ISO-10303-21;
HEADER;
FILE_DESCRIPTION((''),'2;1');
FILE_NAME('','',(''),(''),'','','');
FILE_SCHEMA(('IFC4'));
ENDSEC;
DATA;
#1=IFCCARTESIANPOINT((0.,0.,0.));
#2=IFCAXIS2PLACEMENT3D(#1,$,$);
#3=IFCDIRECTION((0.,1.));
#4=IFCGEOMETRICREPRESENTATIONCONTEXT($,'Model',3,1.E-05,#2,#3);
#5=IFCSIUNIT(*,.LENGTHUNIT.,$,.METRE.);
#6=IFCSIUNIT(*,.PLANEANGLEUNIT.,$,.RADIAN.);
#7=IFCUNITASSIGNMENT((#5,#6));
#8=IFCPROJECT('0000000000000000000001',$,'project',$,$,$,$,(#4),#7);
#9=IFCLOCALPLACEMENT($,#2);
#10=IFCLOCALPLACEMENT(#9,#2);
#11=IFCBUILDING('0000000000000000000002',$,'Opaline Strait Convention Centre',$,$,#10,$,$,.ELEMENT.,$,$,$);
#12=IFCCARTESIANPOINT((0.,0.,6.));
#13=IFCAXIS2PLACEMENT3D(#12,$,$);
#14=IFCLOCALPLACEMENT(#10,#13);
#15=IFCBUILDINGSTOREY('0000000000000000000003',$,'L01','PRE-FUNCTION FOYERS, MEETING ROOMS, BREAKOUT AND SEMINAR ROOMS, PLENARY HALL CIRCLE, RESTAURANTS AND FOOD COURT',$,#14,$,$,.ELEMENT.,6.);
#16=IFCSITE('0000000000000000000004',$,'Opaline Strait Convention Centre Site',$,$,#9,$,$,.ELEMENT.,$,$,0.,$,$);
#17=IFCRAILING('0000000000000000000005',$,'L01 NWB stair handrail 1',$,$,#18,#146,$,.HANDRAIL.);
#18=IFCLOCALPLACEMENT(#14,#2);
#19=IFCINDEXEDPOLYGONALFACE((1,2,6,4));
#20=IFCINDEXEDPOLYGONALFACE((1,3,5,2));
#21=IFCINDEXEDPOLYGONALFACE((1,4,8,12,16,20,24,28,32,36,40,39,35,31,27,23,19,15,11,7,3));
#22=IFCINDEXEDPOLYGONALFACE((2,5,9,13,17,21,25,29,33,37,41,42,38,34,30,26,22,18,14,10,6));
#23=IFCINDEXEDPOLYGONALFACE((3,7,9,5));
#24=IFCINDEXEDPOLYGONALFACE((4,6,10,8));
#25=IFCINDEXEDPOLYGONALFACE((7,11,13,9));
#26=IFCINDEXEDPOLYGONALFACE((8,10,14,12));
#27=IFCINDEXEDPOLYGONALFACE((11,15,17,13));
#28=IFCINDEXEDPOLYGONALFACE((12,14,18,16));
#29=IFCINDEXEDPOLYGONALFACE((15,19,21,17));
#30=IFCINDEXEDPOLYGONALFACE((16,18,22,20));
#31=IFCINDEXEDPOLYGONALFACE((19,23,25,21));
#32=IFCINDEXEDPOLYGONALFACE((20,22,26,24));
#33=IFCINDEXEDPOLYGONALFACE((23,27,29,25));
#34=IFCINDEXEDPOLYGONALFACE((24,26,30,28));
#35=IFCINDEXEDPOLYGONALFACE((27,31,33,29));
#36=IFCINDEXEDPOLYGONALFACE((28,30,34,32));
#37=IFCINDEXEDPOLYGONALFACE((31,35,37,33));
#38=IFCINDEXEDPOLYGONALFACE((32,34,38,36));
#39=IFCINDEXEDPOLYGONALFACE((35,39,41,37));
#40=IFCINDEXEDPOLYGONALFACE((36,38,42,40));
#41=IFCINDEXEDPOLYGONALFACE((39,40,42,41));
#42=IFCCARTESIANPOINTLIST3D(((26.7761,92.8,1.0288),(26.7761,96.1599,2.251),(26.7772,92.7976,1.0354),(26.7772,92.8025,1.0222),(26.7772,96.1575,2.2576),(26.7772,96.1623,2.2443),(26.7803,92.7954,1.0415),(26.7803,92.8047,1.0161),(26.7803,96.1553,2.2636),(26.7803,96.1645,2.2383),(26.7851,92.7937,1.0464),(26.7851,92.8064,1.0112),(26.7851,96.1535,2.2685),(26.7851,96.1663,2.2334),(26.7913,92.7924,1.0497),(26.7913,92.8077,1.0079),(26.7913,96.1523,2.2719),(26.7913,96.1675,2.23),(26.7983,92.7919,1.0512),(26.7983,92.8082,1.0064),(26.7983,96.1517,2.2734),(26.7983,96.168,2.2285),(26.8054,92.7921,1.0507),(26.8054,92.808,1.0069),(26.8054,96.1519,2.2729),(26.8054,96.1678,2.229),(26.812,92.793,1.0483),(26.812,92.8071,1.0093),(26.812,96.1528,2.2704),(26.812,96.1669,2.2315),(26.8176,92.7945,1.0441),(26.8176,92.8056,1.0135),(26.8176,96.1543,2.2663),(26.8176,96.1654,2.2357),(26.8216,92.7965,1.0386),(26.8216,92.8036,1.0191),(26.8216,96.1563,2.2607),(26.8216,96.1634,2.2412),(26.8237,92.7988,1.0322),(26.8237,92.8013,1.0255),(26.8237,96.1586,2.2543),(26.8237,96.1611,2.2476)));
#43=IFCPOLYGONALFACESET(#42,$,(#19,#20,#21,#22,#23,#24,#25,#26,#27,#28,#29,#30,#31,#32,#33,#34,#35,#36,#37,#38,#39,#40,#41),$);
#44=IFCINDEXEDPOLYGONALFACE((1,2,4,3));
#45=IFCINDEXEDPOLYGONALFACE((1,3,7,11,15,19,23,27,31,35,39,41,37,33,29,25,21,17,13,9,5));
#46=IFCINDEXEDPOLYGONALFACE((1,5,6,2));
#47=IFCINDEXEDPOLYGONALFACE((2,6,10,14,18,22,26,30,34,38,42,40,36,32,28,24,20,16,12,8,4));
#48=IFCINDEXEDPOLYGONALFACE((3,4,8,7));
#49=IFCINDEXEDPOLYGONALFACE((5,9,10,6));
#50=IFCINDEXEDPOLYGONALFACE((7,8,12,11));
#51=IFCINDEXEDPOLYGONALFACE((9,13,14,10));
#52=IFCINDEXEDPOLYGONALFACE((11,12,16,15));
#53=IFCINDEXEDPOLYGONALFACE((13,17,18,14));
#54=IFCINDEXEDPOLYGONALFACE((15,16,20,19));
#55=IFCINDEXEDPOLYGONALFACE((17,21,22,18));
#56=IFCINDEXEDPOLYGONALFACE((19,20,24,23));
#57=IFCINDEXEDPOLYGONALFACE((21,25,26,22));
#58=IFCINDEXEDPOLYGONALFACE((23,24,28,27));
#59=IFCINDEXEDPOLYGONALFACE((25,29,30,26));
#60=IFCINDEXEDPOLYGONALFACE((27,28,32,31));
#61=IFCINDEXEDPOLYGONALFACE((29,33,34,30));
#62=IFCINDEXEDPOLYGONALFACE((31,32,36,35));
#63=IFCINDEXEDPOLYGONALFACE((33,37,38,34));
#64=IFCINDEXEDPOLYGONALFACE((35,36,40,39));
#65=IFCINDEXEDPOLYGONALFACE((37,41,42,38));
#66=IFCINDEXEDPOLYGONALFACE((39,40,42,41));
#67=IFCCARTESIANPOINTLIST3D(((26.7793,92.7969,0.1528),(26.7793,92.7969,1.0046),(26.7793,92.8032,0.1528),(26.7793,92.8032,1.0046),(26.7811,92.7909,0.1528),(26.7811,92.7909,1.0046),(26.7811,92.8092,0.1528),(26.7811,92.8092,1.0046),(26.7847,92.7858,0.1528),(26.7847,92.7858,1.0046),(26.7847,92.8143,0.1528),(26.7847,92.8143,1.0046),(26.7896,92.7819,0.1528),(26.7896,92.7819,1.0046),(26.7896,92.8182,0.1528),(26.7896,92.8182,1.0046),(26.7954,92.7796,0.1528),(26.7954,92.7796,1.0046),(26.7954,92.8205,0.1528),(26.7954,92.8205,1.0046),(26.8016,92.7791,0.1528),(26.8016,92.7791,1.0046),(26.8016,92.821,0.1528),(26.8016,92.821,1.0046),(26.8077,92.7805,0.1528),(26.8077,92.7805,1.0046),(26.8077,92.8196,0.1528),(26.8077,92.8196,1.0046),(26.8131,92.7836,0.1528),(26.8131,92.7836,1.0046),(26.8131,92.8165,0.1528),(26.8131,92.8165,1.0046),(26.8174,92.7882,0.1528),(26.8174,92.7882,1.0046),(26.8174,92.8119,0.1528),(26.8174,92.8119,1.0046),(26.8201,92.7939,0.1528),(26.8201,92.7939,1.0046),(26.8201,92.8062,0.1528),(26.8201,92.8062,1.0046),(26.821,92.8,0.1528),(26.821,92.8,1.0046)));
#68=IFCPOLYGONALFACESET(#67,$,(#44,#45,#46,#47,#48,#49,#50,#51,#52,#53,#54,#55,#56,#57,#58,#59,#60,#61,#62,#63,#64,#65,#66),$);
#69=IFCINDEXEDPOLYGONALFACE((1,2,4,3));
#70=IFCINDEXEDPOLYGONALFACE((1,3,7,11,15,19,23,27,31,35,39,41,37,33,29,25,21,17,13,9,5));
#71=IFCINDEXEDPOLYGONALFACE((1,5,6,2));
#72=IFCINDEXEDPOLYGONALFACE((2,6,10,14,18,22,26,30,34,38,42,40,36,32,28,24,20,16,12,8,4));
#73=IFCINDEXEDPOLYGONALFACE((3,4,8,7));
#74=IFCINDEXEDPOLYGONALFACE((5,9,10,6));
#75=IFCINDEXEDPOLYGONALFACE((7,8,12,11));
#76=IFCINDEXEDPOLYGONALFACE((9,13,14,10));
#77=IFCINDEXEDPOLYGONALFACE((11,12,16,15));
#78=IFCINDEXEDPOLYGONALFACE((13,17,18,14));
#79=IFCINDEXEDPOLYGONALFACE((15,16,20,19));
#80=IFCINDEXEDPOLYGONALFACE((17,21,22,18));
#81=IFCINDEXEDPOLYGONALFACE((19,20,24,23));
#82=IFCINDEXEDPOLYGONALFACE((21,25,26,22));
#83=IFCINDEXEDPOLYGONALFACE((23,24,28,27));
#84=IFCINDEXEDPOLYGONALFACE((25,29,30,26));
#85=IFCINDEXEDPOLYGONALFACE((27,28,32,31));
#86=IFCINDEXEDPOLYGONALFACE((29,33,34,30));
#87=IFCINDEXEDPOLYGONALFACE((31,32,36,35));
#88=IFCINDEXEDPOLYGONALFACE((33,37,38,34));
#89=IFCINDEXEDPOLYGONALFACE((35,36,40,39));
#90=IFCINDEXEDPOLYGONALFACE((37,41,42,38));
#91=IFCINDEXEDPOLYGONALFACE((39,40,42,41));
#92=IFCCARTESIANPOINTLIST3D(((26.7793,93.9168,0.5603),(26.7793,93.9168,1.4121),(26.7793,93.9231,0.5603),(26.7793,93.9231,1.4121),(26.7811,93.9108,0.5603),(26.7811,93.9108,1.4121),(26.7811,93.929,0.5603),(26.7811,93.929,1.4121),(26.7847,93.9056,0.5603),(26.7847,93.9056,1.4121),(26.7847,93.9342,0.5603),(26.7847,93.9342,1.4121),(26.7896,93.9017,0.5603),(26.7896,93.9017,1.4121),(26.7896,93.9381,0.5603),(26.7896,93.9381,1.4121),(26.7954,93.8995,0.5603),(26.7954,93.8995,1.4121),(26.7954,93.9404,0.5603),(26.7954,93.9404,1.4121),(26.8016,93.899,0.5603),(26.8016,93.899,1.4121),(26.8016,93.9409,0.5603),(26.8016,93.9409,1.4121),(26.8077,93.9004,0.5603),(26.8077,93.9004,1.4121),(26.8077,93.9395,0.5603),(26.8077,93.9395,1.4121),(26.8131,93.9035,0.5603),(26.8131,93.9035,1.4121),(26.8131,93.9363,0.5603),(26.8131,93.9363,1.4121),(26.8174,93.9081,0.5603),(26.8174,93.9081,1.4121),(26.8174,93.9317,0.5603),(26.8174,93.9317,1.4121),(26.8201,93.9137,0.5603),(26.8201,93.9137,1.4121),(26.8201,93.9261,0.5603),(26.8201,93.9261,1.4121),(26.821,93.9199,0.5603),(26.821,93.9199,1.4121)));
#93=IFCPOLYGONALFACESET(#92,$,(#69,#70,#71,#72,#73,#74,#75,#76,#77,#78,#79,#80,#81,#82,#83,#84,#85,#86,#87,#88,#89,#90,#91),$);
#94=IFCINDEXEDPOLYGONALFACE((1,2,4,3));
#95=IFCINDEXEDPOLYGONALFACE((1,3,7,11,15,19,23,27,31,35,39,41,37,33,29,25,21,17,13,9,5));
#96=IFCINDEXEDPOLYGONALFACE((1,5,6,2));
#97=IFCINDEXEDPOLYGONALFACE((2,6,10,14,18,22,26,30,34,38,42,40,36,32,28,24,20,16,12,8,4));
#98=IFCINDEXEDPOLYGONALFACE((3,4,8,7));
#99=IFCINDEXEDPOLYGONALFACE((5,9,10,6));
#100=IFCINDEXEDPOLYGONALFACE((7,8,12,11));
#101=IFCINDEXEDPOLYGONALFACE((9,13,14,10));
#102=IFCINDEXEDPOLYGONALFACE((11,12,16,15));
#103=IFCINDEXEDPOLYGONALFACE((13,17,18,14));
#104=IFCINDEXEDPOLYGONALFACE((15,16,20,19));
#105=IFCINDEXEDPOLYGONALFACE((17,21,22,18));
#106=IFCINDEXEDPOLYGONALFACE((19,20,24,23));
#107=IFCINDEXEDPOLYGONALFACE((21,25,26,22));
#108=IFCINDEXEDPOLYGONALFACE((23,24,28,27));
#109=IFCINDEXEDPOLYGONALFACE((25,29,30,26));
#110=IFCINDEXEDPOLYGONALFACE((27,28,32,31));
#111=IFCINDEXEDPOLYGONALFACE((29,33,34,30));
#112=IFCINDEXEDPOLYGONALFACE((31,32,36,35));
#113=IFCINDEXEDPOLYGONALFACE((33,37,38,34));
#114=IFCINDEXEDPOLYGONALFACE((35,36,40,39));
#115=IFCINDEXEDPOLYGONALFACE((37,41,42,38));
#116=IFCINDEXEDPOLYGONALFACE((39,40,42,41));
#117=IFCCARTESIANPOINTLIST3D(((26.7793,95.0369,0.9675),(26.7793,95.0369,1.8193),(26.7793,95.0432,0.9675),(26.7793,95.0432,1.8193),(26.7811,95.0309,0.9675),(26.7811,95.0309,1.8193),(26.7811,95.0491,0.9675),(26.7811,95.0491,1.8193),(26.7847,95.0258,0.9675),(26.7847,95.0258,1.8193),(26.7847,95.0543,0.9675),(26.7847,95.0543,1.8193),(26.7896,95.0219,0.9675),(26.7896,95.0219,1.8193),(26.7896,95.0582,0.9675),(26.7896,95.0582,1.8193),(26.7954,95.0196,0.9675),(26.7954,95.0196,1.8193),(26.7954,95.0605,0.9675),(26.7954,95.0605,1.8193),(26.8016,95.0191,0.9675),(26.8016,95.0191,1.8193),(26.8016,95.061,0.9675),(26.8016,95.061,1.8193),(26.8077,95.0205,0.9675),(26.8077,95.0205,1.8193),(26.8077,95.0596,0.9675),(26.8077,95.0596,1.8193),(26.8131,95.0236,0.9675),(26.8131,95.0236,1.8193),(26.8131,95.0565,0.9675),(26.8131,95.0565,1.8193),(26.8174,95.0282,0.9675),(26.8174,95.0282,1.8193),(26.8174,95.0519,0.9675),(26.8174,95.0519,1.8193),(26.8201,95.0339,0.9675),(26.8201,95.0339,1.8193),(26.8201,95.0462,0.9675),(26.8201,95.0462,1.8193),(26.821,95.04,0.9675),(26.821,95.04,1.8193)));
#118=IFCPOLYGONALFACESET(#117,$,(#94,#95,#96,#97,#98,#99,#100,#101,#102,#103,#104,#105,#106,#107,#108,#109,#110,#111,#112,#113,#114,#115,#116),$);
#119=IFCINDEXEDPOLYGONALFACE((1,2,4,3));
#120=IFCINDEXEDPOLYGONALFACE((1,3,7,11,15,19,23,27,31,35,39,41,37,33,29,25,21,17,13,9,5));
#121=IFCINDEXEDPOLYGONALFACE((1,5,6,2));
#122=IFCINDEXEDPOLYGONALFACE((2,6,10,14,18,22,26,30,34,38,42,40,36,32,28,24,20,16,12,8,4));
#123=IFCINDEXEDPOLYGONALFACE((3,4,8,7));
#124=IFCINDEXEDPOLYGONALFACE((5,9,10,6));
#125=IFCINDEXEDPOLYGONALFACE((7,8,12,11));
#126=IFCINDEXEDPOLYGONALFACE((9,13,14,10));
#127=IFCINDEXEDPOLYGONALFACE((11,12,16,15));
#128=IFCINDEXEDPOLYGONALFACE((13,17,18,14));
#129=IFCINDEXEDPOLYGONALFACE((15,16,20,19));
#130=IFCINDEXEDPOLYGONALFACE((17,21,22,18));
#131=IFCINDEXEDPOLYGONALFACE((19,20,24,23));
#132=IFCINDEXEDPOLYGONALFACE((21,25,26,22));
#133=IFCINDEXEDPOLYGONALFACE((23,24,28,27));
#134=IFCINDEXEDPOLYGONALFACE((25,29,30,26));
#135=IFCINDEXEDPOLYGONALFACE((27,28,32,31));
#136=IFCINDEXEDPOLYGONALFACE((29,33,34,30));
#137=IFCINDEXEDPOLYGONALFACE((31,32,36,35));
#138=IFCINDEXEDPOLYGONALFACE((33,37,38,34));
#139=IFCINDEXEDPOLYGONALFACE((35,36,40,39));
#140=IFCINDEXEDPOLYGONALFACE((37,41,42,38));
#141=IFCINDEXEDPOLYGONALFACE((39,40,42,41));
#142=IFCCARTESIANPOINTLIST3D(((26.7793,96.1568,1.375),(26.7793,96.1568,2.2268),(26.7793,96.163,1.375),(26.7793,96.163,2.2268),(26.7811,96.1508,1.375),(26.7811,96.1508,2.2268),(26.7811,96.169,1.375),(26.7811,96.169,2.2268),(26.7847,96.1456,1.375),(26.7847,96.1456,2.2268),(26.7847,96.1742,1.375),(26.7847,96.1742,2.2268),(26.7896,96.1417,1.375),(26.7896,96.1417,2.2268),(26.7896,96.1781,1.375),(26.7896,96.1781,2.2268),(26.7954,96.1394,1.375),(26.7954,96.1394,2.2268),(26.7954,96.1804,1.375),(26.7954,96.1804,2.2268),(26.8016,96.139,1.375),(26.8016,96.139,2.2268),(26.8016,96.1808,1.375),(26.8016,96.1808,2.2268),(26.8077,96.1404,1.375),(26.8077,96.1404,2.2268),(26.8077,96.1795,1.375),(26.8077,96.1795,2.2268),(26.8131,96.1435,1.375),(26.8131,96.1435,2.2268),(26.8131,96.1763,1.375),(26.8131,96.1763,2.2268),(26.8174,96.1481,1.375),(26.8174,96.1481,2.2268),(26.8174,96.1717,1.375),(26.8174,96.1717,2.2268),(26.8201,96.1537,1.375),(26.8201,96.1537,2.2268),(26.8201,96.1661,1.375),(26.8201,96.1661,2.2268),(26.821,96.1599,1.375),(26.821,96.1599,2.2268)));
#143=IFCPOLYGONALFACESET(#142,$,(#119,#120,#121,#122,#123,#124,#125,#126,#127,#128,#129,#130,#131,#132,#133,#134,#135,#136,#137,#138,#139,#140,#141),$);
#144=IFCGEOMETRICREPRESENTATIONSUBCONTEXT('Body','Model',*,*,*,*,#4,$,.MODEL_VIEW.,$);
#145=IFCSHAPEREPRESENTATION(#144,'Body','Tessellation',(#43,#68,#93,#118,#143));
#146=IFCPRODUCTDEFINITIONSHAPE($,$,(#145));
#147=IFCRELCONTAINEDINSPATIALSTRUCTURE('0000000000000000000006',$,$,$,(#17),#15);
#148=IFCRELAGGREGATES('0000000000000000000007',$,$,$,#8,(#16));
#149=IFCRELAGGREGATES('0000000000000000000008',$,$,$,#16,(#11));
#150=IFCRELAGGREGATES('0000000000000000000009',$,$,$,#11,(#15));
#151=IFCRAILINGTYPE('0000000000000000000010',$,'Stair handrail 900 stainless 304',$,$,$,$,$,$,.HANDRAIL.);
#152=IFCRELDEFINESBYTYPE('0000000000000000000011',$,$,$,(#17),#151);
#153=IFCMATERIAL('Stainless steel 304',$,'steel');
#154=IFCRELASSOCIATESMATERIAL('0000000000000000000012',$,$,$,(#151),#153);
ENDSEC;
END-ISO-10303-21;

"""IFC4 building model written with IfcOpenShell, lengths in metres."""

from ifc_helpers import new_model, si_unit, direction, frame, origin, origin_2d, place, context, subcontext, project, spatial, circle, extrude, material, type_object, element, save


model = new_model("IFC4")

# Units and contexts
model_context = context("Model", 3, precision=1e-05, world=origin(), true_north=direction((0.0, 1.0)))
body_context = subcontext(model_context, "Body", "Model", "MODEL_VIEW")
ifc_project = project(units=[si_unit("LENGTHUNIT", "METRE"), si_unit("PLANEANGLEUNIT", "RADIAN")], contexts=[model_context])

# Site, building, storey
site_placement = place(None, origin())
site = spatial("IfcSite", under=ifc_project, at=site_placement, Name="Opaline Strait Convention Centre Site", CompositionType="ELEMENT", RefElevation=0.0)
building_placement = place(site_placement, origin())
building = spatial("IfcBuilding", under=site, at=building_placement, Name="Opaline Strait Convention Centre", CompositionType="ELEMENT")
storey_placement = place(building_placement, frame((0.0, 0.0, 6.0)))
storey = spatial("IfcBuildingStorey", under=building, at=storey_placement, Name="L01", Description="PRE-FUNCTION FOYERS, MEETING ROOMS, BREAKOUT AND SEMINAR ROOMS, PLENARY HALL CIRCLE, RESTAURANTS AND FOOD COURT", CompositionType="ELEMENT", Elevation=6.0)

# Railing
ifc_material_1 = material(Name="Stainless steel 304", Category="steel")
railing_type_1 = type_object("IfcRailingType", Name="Stair handrail 900 stainless 304", PredefinedType="HANDRAIL", material=ifc_material_1)
for number, where, name in (
    (1, (26.8, 92.8, 0.1528), "L01 NWB stair handrail 1"),
):
    element("IfcRailing", number, at=place(storey_placement, frame(where)), inside=storey, type_object=railing_type_1, Name=name, PredefinedType="HANDRAIL", context=body_context, shape_type="SweptSolid", body=[
        extrude(circle(Radius=0.0239, at=origin_2d()), frame((0.0, 0.0, 0.876), z_axis=(0.0, 0.939758, 0.341842), x_axis=(-1.0, 0.0, 0.0)), (0.0, 0.0, 1.0), 3.5752),
        extrude(circle(Radius=0.021, at=origin_2d()), origin(), (0.0, 0.0, 1.0), 0.8518),
        extrude(circle(Radius=0.021, at=origin_2d()), frame((0.0, 1.1199, 0.4075)), (0.0, 0.0, 1.0), 0.8518),
        extrude(circle(Radius=0.021, at=origin_2d()), frame((0.0, 2.24, 0.8147)), (0.0, 0.0, 1.0), 0.8518),
        extrude(circle(Radius=0.021, at=origin_2d()), frame((0.0, 3.3599, 1.2222)), (0.0, 0.0, 1.0), 0.8518),
    ])

save(model, "model.ifc")
